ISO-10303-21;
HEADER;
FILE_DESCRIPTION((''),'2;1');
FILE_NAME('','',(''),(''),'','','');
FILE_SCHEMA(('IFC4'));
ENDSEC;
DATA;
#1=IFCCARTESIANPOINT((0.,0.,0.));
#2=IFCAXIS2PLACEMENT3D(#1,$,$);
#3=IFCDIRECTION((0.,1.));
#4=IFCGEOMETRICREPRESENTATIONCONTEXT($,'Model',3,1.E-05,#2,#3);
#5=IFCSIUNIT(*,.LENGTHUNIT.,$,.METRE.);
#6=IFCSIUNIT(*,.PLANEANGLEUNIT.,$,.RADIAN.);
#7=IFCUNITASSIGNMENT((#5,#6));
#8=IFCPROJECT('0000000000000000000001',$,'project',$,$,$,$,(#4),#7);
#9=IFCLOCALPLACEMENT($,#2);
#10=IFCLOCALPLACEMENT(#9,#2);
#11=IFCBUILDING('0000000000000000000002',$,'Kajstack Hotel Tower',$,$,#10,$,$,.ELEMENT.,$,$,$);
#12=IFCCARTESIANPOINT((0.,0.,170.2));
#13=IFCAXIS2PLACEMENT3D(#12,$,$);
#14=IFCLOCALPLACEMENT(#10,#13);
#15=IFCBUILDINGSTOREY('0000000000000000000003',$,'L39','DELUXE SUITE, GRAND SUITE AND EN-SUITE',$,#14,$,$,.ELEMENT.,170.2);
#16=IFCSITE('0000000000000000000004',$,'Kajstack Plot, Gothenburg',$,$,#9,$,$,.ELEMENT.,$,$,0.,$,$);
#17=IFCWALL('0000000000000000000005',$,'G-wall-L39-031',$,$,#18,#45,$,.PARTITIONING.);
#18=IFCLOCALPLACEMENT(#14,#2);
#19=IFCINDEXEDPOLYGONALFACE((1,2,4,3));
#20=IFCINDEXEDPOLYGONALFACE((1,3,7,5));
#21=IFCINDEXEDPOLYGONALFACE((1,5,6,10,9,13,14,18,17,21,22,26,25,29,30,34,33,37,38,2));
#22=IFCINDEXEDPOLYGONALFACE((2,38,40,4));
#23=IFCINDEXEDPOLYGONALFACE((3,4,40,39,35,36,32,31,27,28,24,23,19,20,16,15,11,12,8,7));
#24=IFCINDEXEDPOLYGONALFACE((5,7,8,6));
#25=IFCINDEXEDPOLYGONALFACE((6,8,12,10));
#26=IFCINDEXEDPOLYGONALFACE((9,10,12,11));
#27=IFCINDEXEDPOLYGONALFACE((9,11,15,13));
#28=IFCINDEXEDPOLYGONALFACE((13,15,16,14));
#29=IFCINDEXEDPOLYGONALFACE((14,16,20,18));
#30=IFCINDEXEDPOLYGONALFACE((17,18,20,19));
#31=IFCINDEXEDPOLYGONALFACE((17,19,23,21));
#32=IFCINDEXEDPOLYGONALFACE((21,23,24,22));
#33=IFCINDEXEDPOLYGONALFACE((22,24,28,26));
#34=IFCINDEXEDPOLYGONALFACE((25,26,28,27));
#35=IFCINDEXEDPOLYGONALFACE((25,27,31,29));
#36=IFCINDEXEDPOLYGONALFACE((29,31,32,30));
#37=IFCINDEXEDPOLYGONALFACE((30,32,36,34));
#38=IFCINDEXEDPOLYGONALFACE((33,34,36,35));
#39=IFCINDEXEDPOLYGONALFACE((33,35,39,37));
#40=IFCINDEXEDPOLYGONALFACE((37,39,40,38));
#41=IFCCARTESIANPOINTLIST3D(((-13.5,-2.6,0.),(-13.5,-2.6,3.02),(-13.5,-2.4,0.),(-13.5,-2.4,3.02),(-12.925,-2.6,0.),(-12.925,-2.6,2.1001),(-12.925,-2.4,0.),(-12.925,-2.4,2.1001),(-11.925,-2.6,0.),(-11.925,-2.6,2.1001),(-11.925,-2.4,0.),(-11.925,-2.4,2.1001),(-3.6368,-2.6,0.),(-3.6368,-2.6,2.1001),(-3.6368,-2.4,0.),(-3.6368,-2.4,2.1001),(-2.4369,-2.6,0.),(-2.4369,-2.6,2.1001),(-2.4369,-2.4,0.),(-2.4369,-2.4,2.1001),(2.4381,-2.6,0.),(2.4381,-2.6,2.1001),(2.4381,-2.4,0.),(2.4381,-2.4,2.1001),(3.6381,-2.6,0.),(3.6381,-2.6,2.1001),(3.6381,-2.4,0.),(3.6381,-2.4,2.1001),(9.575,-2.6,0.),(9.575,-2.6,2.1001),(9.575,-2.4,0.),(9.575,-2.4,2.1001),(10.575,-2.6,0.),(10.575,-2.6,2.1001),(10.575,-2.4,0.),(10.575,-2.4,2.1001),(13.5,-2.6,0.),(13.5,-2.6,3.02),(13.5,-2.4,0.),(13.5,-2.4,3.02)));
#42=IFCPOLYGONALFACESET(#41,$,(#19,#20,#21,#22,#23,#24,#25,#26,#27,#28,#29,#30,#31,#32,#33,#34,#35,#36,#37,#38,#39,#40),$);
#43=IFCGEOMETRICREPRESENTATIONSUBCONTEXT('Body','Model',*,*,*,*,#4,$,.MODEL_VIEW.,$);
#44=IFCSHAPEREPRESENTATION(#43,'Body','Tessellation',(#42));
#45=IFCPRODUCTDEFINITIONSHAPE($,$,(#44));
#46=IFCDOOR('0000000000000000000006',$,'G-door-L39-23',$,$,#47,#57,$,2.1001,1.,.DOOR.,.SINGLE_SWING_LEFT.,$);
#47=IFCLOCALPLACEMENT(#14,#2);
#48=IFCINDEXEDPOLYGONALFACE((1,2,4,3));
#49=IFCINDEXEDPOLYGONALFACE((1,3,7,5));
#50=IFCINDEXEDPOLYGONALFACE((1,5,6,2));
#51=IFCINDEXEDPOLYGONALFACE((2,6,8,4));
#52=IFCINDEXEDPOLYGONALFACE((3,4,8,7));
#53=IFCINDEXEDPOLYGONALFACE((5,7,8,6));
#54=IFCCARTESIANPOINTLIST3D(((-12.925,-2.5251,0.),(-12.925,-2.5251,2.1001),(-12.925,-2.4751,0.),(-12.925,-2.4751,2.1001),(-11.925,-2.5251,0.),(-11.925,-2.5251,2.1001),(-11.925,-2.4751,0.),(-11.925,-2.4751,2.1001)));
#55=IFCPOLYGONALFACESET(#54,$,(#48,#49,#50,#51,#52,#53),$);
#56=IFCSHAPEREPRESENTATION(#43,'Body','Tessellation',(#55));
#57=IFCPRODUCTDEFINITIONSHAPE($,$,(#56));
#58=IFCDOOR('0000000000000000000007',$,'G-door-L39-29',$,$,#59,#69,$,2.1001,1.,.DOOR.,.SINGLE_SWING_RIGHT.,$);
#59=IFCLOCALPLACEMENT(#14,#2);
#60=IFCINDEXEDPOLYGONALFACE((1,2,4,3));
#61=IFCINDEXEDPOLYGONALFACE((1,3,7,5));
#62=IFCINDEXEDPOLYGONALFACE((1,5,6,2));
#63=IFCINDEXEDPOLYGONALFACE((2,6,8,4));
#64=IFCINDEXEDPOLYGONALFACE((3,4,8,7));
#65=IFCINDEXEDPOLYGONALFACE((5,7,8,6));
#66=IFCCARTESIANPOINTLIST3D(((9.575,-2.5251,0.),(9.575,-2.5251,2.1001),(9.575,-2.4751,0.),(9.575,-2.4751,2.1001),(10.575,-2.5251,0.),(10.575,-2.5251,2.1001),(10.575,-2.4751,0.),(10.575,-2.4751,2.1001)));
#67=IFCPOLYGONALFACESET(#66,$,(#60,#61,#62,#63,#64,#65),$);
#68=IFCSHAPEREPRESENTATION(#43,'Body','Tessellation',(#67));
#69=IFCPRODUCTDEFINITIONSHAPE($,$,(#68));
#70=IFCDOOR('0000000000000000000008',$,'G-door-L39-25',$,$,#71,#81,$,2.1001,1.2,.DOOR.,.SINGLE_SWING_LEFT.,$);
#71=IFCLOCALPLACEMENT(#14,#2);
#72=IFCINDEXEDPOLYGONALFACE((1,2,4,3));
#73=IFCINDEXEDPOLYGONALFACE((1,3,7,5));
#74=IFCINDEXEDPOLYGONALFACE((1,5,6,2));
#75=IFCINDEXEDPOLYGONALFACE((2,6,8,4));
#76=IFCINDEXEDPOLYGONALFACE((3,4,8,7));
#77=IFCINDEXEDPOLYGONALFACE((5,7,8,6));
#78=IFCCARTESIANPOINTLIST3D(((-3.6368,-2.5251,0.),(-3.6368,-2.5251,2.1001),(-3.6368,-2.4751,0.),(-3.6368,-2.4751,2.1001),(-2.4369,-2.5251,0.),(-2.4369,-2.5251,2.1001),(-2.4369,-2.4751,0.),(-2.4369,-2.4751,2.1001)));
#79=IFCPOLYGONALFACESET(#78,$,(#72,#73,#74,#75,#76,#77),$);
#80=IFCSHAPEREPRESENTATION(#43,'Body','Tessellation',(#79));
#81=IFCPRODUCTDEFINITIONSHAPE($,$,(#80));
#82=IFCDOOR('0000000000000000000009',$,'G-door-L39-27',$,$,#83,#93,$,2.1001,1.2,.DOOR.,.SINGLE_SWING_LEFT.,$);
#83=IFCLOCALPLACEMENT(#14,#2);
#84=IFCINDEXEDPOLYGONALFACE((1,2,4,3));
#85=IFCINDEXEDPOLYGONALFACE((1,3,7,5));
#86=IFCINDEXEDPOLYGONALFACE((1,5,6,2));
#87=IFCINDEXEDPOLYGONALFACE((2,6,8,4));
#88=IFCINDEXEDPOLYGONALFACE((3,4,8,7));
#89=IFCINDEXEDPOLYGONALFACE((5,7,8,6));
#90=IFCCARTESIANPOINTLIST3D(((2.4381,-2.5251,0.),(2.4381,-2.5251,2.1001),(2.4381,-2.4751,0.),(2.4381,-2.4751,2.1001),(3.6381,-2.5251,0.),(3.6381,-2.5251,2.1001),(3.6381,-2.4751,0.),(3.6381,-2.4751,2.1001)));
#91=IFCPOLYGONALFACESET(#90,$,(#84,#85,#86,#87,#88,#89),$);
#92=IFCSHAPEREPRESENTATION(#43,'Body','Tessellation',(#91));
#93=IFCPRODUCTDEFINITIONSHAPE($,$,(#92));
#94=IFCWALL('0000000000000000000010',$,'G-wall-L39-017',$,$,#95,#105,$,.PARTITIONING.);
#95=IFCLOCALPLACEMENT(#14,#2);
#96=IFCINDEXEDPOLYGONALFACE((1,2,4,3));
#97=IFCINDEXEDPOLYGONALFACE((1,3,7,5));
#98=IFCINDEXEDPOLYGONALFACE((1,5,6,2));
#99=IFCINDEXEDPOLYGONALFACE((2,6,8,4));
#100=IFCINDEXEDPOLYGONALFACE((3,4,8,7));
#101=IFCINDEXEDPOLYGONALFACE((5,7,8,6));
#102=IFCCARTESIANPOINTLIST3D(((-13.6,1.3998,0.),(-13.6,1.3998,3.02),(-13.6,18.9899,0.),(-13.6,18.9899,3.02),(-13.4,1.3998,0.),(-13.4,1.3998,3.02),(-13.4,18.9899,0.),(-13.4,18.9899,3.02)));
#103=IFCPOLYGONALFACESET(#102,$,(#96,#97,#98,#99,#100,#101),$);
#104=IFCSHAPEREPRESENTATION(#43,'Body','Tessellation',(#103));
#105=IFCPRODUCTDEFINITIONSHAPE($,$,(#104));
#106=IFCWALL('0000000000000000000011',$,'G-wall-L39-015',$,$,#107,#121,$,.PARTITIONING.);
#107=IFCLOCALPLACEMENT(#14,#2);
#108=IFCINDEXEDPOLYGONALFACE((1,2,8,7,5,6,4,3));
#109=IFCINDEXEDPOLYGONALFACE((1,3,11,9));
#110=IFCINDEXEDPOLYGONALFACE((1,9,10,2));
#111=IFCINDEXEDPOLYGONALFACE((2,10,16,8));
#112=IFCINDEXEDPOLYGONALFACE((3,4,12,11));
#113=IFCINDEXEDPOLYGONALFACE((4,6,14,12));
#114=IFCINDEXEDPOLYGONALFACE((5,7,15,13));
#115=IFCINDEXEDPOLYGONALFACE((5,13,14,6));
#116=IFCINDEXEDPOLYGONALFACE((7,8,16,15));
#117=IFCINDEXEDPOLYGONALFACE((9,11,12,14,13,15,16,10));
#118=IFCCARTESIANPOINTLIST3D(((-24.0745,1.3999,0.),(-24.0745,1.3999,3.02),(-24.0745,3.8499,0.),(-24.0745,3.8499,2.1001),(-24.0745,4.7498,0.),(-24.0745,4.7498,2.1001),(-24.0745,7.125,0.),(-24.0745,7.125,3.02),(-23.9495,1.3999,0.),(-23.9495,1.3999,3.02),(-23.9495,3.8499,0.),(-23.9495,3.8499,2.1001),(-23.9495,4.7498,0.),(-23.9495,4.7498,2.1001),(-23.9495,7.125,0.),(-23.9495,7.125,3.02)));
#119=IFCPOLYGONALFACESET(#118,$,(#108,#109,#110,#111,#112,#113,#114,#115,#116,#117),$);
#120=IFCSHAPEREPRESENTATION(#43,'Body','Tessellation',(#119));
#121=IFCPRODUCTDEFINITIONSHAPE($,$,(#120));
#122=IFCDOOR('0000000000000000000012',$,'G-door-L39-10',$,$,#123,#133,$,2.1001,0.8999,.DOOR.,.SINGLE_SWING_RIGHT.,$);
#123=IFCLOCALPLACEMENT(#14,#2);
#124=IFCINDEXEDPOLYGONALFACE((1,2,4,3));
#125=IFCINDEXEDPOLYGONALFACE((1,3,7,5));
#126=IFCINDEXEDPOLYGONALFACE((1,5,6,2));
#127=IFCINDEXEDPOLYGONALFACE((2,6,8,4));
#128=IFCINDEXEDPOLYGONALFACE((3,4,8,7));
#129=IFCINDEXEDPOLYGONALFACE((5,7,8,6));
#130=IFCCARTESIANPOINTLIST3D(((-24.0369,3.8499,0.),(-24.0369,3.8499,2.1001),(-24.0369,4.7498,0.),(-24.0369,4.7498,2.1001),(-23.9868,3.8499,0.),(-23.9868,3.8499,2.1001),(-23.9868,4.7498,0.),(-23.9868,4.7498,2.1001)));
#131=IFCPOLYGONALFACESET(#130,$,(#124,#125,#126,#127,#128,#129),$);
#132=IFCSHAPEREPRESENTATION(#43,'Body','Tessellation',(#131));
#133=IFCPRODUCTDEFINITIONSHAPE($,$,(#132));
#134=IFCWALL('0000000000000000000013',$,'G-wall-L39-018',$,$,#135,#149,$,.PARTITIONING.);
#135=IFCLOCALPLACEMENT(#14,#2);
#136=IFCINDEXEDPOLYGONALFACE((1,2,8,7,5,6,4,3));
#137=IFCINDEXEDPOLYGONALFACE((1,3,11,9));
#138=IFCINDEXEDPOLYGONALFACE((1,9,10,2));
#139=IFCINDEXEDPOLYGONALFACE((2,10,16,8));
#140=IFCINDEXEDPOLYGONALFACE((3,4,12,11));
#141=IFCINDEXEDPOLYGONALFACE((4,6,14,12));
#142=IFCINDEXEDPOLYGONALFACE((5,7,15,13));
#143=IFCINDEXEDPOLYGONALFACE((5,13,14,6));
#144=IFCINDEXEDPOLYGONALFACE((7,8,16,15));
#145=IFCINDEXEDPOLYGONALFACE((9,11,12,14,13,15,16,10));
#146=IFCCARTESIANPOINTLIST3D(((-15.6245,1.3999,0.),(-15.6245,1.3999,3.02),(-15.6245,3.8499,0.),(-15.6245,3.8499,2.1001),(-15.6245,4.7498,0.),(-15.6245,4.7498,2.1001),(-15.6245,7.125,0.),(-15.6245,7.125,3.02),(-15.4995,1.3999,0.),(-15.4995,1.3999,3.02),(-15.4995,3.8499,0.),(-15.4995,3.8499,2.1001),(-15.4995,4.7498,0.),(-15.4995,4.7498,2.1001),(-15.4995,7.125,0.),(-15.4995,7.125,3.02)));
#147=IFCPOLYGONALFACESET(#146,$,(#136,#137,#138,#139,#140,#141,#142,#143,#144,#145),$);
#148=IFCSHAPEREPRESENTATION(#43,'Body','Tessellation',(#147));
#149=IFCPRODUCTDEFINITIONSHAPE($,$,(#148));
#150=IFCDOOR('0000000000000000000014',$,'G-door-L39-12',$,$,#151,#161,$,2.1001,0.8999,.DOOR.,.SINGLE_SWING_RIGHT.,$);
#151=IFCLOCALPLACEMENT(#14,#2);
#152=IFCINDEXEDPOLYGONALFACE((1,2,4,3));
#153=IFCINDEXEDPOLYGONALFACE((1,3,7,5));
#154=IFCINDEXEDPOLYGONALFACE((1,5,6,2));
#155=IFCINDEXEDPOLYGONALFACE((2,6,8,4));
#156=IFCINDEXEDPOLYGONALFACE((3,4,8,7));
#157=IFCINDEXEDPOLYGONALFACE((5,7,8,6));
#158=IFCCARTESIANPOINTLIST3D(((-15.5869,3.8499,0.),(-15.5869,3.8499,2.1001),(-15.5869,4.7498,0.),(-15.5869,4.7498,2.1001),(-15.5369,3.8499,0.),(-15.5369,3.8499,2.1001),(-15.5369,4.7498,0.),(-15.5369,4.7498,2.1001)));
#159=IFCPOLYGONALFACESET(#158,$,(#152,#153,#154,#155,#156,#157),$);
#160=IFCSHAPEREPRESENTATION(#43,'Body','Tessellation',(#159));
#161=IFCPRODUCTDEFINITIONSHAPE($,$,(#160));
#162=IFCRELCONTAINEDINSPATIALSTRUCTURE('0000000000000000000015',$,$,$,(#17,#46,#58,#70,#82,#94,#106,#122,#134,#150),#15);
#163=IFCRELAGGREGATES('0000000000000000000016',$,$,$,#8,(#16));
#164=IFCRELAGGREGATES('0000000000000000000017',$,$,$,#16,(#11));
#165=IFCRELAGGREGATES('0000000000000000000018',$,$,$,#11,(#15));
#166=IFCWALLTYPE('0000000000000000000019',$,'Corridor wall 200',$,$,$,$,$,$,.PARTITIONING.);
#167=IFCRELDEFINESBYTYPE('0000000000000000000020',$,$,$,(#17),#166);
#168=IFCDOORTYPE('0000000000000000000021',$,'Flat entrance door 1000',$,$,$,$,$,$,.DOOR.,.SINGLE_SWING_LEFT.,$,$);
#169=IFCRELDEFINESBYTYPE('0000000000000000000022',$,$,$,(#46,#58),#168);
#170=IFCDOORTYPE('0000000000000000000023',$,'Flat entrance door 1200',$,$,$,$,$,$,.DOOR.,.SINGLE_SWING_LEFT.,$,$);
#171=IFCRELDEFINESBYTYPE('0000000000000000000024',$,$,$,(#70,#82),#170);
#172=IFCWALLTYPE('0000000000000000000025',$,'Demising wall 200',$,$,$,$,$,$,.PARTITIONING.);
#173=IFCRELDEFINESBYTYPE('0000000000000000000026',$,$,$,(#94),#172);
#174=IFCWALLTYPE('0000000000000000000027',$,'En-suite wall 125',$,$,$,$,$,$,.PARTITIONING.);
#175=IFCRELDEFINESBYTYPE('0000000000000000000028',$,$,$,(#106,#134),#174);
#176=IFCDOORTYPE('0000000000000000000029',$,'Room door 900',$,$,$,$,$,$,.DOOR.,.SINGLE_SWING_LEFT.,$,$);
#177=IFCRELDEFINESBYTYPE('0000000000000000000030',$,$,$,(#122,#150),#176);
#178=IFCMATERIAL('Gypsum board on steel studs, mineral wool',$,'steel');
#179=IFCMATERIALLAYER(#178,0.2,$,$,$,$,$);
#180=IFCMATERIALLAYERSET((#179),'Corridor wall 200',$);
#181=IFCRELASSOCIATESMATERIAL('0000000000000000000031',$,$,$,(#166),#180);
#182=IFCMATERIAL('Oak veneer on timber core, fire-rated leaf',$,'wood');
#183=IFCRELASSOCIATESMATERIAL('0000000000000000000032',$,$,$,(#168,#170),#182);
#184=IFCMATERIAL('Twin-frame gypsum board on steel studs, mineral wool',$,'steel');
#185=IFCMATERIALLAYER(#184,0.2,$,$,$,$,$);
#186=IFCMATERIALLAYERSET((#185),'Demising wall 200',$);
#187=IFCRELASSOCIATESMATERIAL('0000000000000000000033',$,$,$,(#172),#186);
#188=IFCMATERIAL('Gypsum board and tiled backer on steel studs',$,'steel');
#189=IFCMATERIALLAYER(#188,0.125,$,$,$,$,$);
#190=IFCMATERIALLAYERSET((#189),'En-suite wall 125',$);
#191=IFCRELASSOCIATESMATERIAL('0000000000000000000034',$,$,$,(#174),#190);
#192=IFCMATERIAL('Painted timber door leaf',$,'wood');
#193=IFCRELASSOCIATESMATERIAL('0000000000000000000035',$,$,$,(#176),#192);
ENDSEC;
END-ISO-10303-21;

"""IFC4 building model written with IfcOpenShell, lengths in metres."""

from ifc_helpers import new_model, si_unit, direction, frame, frame_2d, origin, place, context, subcontext, project, spatial, rectangle, extrude, material, layer, layer_set, type_object, element, fill, save


model = new_model("IFC4")

# Units and contexts
model_context = context("Model", 3, precision=1e-05, world=origin(), true_north=direction((0.0, 1.0)))
body_context = subcontext(model_context, "Body", "Model", "MODEL_VIEW")
ifc_project = project(units=[si_unit("LENGTHUNIT", "METRE"), si_unit("PLANEANGLEUNIT", "RADIAN")], contexts=[model_context])

# Site, building, storey
site_placement = place(None, origin())
site = spatial("IfcSite", under=ifc_project, at=site_placement, Name="Kajstack Plot, Gothenburg", CompositionType="ELEMENT", RefElevation=0.0)
building_placement = place(site_placement, origin())
building = spatial("IfcBuilding", under=site, at=building_placement, Name="Kajstack Hotel Tower", CompositionType="ELEMENT")
storey_placement = place(building_placement, frame((0.0, 0.0, 170.2)))
storey = spatial("IfcBuildingStorey", under=building, at=storey_placement, Name="L39", Description="DELUXE SUITE, GRAND SUITE AND EN-SUITE", CompositionType="ELEMENT", Elevation=170.2)

# Wall, openings, doors
ifc_material_1 = material(Name="Gypsum board on steel studs, mineral wool", Category="steel")
ifc_layer_1 = layer(ifc_material_1, 0.2)
ifc_layer_set_1 = layer_set([ifc_layer_1], Name="Corridor wall 200")
wall_type_1 = type_object("IfcWallType", Name="Corridor wall 200", PredefinedType="PARTITIONING", material=ifc_layer_set_1)
ifc_material_2 = material(Name="Oak veneer on timber core, fire-rated leaf", Category="wood")
door_type_1 = type_object("IfcDoorType", Name="Flat entrance door 1000", OperationType="SINGLE_SWING_LEFT", PredefinedType="DOOR", material=ifc_material_2)
door_type_2 = type_object("IfcDoorType", Name="Flat entrance door 1200", OperationType="SINGLE_SWING_LEFT", PredefinedType="DOOR", material=ifc_material_2)
wall_1_placement = place(storey_placement, frame((-13.5, -2.5, 0.0), z_axis=(0.0, 0.0, 1.0), x_axis=(1.0, 0.0, 0.0)))
wall_1 = element("IfcWall", 1, at=wall_1_placement, inside=storey, type_object=wall_type_1, Name="G-wall-L39-031", PredefinedType="PARTITIONING", context=body_context, shape_type="SweptSolid", body=[
    extrude(rectangle(XDim=27.0, YDim=0.2, at=frame_2d((13.5, 0.0))), origin(), (0.0, 0.0, 1.0), 3.02),
])
opening_1_placement = place(wall_1_placement, frame((0.575, 0.0, 0.0)))
opening_1 = element("IfcOpeningElement", 2, at=opening_1_placement, cuts=wall_1, PredefinedType="OPENING", context=body_context, shape_type="SweptSolid", body=[
    extrude(rectangle(XDim=1.0, YDim=2.1001, at=frame_2d((0.5, 1.05))), frame((0.0, 0.1099, 0.0), z_axis=(0.0, -1.0, 0.0), x_axis=(1.0, 0.0, 0.0)), (0.0, 0.0, 1.0), 0.22),
])
opening_2_placement = place(wall_1_placement, frame((9.863, 0.0, 0.0)))
opening_2 = element("IfcOpeningElement", 3, at=opening_2_placement, cuts=wall_1, PredefinedType="OPENING", context=body_context, shape_type="SweptSolid", body=[
    extrude(rectangle(XDim=1.2, YDim=2.1001, at=frame_2d((0.6001, 1.05))), frame((0.0, 0.1099, 0.0), z_axis=(0.0, -1.0, 0.0), x_axis=(1.0, 0.0, 0.0)), (0.0, 0.0, 1.0), 0.22),
])
opening_3_placement = place(wall_1_placement, frame((15.938, 0.0, 0.0)))
opening_3 = element("IfcOpeningElement", 4, at=opening_3_placement, cuts=wall_1, PredefinedType="OPENING", context=body_context, shape_type="SweptSolid", body=[
    extrude(rectangle(XDim=1.2, YDim=2.1001, at=frame_2d((0.6001, 1.05))), frame((0.0, 0.1099, 0.0), z_axis=(0.0, -1.0, 0.0), x_axis=(1.0, 0.0, 0.0)), (0.0, 0.0, 1.0), 0.22),
])
opening_4_placement = place(wall_1_placement, frame((23.075, 0.0, 0.0)))
opening_4 = element("IfcOpeningElement", 5, at=opening_4_placement, cuts=wall_1, PredefinedType="OPENING", context=body_context, shape_type="SweptSolid", body=[
    extrude(rectangle(XDim=1.0, YDim=2.1001, at=frame_2d((0.5, 1.05))), frame((0.0, 0.1099, 0.0), z_axis=(0.0, -1.0, 0.0), x_axis=(1.0, 0.0, 0.0)), (0.0, 0.0, 1.0), 0.22),
])
door_1_placement = place(opening_1_placement, origin())
door_1 = element("IfcDoor", 6, at=door_1_placement, inside=storey, type_object=door_type_1, Name="G-door-L39-23", OperationType="SINGLE_SWING_LEFT", OverallHeight=2.1001, OverallWidth=1.0, PredefinedType="DOOR", context=body_context, shape_type="SweptSolid", body=[
    extrude(rectangle(XDim=1.0, YDim=2.1001, at=frame_2d((0.5, 1.05))), frame((0.0, 0.0249, 0.0), z_axis=(0.0, -1.0, 0.0), x_axis=(1.0, 0.0, 0.0)), (0.0, 0.0, 1.0), 0.05),
])
fill(opening_1, door_1)
door_2_placement = place(opening_4_placement, origin())
door_2 = element("IfcDoor", 7, at=door_2_placement, inside=storey, type_object=door_type_1, Name="G-door-L39-29", OperationType="SINGLE_SWING_RIGHT", OverallHeight=2.1001, OverallWidth=1.0, PredefinedType="DOOR", context=body_context, shape_type="SweptSolid", body=[
    extrude(rectangle(XDim=1.0, YDim=2.1001, at=frame_2d((0.5, 1.05))), frame((0.0, 0.0249, 0.0), z_axis=(0.0, -1.0, 0.0), x_axis=(1.0, 0.0, 0.0)), (0.0, 0.0, 1.0), 0.05),
])
fill(opening_4, door_2)
door_3_placement = place(opening_2_placement, origin())
door_3 = element("IfcDoor", 8, at=door_3_placement, inside=storey, type_object=door_type_2, Name="G-door-L39-25", OperationType="SINGLE_SWING_LEFT", OverallHeight=2.1001, OverallWidth=1.2, PredefinedType="DOOR", context=body_context, shape_type="SweptSolid", body=[
    extrude(rectangle(XDim=1.2, YDim=2.1001, at=frame_2d((0.6001, 1.05))), frame((0.0, 0.0249, 0.0), z_axis=(0.0, -1.0, 0.0), x_axis=(1.0, 0.0, 0.0)), (0.0, 0.0, 1.0), 0.05),
])
fill(opening_2, door_3)
door_4_placement = place(opening_3_placement, origin())
door_4 = element("IfcDoor", 9, at=door_4_placement, inside=storey, type_object=door_type_2, Name="G-door-L39-27", OperationType="SINGLE_SWING_LEFT", OverallHeight=2.1001, OverallWidth=1.2, PredefinedType="DOOR", context=body_context, shape_type="SweptSolid", body=[
    extrude(rectangle(XDim=1.2, YDim=2.1001, at=frame_2d((0.6001, 1.05))), frame((0.0, 0.0249, 0.0), z_axis=(0.0, -1.0, 0.0), x_axis=(1.0, 0.0, 0.0)), (0.0, 0.0, 1.0), 0.05),
])
fill(opening_3, door_4)

# Wall
ifc_material_3 = material(Name="Twin-frame gypsum board on steel studs, mineral wool", Category="steel")
ifc_layer_2 = layer(ifc_material_3, 0.2)
ifc_layer_set_2 = layer_set([ifc_layer_2], Name="Demising wall 200")
wall_type_2 = type_object("IfcWallType", Name="Demising wall 200", PredefinedType="PARTITIONING", material=ifc_layer_set_2)
wall_2_placement = place(storey_placement, frame((-13.5, 1.3999, 0.0), z_axis=(0.0, 0.0, 1.0), x_axis=(0.0, 1.0, 0.0)))
element("IfcWall", 10, at=wall_2_placement, inside=storey, type_object=wall_type_2, Name="G-wall-L39-017", PredefinedType="PARTITIONING", context=body_context, shape_type="SweptSolid", body=[
    extrude(rectangle(XDim=17.5901, YDim=0.2, at=frame_2d((8.7949, 0.0))), origin(), (0.0, 0.0, 1.0), 3.02),
])

# Walls, openings, doors
ifc_material_4 = material(Name="Gypsum board and tiled backer on steel studs", Category="steel")
ifc_layer_3 = layer(ifc_material_4, 0.125)
ifc_layer_set_3 = layer_set([ifc_layer_3], Name="En-suite wall 125")
wall_type_3 = type_object("IfcWallType", Name="En-suite wall 125", PredefinedType="PARTITIONING", material=ifc_layer_set_3)
wall_3_placement = place(storey_placement, frame((-24.012, 1.3999, 0.0), z_axis=(0.0, 0.0, 1.0), x_axis=(0.0, 1.0, 0.0)))
wall_3 = element("IfcWall", 11, at=wall_3_placement, inside=storey, type_object=wall_type_3, Name="G-wall-L39-015", PredefinedType="PARTITIONING", context=body_context, shape_type="SweptSolid", body=[
    extrude(rectangle(XDim=5.7251, YDim=0.125, at=frame_2d((2.8625, 0.0))), origin(), (0.0, 0.0, 1.0), 3.02),
])
opening_5_placement = place(wall_3_placement, frame((2.45, 0.0, 0.0)))
opening_5 = element("IfcOpeningElement", 12, at=opening_5_placement, cuts=wall_3, PredefinedType="OPENING", context=body_context, shape_type="SweptSolid", body=[
    extrude(rectangle(XDim=0.8999, YDim=2.1001, at=frame_2d((0.45, 1.05))), frame((0.0, 0.0725, 0.0), z_axis=(0.0, -1.0, 0.0), x_axis=(1.0, 0.0, 0.0)), (0.0, 0.0, 1.0), 0.145),
])
ifc_material_5 = material(Name="Painted timber door leaf", Category="wood")
door_type_3 = type_object("IfcDoorType", Name="Room door 900", OperationType="SINGLE_SWING_LEFT", PredefinedType="DOOR", material=ifc_material_5)
door_5_placement = place(opening_5_placement, origin())
door_5 = element("IfcDoor", 13, at=door_5_placement, inside=storey, type_object=door_type_3, Name="G-door-L39-10", OperationType="SINGLE_SWING_RIGHT", OverallHeight=2.1001, OverallWidth=0.8999, PredefinedType="DOOR", context=body_context, shape_type="SweptSolid", body=[
    extrude(rectangle(XDim=0.8999, YDim=2.1001, at=frame_2d((0.45, 1.05))), frame((0.0, 0.0249, 0.0), z_axis=(0.0, -1.0, 0.0), x_axis=(1.0, 0.0, 0.0)), (0.0, 0.0, 1.0), 0.05),
])
fill(opening_5, door_5)
wall_4_placement = place(storey_placement, frame((-15.562, 1.3999, 0.0), z_axis=(0.0, 0.0, 1.0), x_axis=(0.0, 1.0, 0.0)))
wall_4 = element("IfcWall", 14, at=wall_4_placement, inside=storey, type_object=wall_type_3, Name="G-wall-L39-018", PredefinedType="PARTITIONING", context=body_context, shape_type="SweptSolid", body=[
    extrude(rectangle(XDim=5.7251, YDim=0.125, at=frame_2d((2.8625, 0.0))), origin(), (0.0, 0.0, 1.0), 3.02),
])
opening_6_placement = place(wall_4_placement, frame((2.45, 0.0, 0.0)))
opening_6 = element("IfcOpeningElement", 15, at=opening_6_placement, cuts=wall_4, PredefinedType="OPENING", context=body_context, shape_type="SweptSolid", body=[
    extrude(rectangle(XDim=0.8999, YDim=2.1001, at=frame_2d((0.45, 1.05))), frame((0.0, 0.0725, 0.0), z_axis=(0.0, -1.0, 0.0), x_axis=(1.0, 0.0, 0.0)), (0.0, 0.0, 1.0), 0.145),
])
door_6_placement = place(opening_6_placement, origin())
door_6 = element("IfcDoor", 16, at=door_6_placement, inside=storey, type_object=door_type_3, Name="G-door-L39-12", OperationType="SINGLE_SWING_RIGHT", OverallHeight=2.1001, OverallWidth=0.8999, PredefinedType="DOOR", context=body_context, shape_type="SweptSolid", body=[
    extrude(rectangle(XDim=0.8999, YDim=2.1001, at=frame_2d((0.45, 1.05))), frame((0.0, 0.0249, 0.0), z_axis=(0.0, -1.0, 0.0), x_axis=(1.0, 0.0, 0.0)), (0.0, 0.0, 1.0), 0.05),
])
fill(opening_6, door_6)

save(model, "model.ifc")
